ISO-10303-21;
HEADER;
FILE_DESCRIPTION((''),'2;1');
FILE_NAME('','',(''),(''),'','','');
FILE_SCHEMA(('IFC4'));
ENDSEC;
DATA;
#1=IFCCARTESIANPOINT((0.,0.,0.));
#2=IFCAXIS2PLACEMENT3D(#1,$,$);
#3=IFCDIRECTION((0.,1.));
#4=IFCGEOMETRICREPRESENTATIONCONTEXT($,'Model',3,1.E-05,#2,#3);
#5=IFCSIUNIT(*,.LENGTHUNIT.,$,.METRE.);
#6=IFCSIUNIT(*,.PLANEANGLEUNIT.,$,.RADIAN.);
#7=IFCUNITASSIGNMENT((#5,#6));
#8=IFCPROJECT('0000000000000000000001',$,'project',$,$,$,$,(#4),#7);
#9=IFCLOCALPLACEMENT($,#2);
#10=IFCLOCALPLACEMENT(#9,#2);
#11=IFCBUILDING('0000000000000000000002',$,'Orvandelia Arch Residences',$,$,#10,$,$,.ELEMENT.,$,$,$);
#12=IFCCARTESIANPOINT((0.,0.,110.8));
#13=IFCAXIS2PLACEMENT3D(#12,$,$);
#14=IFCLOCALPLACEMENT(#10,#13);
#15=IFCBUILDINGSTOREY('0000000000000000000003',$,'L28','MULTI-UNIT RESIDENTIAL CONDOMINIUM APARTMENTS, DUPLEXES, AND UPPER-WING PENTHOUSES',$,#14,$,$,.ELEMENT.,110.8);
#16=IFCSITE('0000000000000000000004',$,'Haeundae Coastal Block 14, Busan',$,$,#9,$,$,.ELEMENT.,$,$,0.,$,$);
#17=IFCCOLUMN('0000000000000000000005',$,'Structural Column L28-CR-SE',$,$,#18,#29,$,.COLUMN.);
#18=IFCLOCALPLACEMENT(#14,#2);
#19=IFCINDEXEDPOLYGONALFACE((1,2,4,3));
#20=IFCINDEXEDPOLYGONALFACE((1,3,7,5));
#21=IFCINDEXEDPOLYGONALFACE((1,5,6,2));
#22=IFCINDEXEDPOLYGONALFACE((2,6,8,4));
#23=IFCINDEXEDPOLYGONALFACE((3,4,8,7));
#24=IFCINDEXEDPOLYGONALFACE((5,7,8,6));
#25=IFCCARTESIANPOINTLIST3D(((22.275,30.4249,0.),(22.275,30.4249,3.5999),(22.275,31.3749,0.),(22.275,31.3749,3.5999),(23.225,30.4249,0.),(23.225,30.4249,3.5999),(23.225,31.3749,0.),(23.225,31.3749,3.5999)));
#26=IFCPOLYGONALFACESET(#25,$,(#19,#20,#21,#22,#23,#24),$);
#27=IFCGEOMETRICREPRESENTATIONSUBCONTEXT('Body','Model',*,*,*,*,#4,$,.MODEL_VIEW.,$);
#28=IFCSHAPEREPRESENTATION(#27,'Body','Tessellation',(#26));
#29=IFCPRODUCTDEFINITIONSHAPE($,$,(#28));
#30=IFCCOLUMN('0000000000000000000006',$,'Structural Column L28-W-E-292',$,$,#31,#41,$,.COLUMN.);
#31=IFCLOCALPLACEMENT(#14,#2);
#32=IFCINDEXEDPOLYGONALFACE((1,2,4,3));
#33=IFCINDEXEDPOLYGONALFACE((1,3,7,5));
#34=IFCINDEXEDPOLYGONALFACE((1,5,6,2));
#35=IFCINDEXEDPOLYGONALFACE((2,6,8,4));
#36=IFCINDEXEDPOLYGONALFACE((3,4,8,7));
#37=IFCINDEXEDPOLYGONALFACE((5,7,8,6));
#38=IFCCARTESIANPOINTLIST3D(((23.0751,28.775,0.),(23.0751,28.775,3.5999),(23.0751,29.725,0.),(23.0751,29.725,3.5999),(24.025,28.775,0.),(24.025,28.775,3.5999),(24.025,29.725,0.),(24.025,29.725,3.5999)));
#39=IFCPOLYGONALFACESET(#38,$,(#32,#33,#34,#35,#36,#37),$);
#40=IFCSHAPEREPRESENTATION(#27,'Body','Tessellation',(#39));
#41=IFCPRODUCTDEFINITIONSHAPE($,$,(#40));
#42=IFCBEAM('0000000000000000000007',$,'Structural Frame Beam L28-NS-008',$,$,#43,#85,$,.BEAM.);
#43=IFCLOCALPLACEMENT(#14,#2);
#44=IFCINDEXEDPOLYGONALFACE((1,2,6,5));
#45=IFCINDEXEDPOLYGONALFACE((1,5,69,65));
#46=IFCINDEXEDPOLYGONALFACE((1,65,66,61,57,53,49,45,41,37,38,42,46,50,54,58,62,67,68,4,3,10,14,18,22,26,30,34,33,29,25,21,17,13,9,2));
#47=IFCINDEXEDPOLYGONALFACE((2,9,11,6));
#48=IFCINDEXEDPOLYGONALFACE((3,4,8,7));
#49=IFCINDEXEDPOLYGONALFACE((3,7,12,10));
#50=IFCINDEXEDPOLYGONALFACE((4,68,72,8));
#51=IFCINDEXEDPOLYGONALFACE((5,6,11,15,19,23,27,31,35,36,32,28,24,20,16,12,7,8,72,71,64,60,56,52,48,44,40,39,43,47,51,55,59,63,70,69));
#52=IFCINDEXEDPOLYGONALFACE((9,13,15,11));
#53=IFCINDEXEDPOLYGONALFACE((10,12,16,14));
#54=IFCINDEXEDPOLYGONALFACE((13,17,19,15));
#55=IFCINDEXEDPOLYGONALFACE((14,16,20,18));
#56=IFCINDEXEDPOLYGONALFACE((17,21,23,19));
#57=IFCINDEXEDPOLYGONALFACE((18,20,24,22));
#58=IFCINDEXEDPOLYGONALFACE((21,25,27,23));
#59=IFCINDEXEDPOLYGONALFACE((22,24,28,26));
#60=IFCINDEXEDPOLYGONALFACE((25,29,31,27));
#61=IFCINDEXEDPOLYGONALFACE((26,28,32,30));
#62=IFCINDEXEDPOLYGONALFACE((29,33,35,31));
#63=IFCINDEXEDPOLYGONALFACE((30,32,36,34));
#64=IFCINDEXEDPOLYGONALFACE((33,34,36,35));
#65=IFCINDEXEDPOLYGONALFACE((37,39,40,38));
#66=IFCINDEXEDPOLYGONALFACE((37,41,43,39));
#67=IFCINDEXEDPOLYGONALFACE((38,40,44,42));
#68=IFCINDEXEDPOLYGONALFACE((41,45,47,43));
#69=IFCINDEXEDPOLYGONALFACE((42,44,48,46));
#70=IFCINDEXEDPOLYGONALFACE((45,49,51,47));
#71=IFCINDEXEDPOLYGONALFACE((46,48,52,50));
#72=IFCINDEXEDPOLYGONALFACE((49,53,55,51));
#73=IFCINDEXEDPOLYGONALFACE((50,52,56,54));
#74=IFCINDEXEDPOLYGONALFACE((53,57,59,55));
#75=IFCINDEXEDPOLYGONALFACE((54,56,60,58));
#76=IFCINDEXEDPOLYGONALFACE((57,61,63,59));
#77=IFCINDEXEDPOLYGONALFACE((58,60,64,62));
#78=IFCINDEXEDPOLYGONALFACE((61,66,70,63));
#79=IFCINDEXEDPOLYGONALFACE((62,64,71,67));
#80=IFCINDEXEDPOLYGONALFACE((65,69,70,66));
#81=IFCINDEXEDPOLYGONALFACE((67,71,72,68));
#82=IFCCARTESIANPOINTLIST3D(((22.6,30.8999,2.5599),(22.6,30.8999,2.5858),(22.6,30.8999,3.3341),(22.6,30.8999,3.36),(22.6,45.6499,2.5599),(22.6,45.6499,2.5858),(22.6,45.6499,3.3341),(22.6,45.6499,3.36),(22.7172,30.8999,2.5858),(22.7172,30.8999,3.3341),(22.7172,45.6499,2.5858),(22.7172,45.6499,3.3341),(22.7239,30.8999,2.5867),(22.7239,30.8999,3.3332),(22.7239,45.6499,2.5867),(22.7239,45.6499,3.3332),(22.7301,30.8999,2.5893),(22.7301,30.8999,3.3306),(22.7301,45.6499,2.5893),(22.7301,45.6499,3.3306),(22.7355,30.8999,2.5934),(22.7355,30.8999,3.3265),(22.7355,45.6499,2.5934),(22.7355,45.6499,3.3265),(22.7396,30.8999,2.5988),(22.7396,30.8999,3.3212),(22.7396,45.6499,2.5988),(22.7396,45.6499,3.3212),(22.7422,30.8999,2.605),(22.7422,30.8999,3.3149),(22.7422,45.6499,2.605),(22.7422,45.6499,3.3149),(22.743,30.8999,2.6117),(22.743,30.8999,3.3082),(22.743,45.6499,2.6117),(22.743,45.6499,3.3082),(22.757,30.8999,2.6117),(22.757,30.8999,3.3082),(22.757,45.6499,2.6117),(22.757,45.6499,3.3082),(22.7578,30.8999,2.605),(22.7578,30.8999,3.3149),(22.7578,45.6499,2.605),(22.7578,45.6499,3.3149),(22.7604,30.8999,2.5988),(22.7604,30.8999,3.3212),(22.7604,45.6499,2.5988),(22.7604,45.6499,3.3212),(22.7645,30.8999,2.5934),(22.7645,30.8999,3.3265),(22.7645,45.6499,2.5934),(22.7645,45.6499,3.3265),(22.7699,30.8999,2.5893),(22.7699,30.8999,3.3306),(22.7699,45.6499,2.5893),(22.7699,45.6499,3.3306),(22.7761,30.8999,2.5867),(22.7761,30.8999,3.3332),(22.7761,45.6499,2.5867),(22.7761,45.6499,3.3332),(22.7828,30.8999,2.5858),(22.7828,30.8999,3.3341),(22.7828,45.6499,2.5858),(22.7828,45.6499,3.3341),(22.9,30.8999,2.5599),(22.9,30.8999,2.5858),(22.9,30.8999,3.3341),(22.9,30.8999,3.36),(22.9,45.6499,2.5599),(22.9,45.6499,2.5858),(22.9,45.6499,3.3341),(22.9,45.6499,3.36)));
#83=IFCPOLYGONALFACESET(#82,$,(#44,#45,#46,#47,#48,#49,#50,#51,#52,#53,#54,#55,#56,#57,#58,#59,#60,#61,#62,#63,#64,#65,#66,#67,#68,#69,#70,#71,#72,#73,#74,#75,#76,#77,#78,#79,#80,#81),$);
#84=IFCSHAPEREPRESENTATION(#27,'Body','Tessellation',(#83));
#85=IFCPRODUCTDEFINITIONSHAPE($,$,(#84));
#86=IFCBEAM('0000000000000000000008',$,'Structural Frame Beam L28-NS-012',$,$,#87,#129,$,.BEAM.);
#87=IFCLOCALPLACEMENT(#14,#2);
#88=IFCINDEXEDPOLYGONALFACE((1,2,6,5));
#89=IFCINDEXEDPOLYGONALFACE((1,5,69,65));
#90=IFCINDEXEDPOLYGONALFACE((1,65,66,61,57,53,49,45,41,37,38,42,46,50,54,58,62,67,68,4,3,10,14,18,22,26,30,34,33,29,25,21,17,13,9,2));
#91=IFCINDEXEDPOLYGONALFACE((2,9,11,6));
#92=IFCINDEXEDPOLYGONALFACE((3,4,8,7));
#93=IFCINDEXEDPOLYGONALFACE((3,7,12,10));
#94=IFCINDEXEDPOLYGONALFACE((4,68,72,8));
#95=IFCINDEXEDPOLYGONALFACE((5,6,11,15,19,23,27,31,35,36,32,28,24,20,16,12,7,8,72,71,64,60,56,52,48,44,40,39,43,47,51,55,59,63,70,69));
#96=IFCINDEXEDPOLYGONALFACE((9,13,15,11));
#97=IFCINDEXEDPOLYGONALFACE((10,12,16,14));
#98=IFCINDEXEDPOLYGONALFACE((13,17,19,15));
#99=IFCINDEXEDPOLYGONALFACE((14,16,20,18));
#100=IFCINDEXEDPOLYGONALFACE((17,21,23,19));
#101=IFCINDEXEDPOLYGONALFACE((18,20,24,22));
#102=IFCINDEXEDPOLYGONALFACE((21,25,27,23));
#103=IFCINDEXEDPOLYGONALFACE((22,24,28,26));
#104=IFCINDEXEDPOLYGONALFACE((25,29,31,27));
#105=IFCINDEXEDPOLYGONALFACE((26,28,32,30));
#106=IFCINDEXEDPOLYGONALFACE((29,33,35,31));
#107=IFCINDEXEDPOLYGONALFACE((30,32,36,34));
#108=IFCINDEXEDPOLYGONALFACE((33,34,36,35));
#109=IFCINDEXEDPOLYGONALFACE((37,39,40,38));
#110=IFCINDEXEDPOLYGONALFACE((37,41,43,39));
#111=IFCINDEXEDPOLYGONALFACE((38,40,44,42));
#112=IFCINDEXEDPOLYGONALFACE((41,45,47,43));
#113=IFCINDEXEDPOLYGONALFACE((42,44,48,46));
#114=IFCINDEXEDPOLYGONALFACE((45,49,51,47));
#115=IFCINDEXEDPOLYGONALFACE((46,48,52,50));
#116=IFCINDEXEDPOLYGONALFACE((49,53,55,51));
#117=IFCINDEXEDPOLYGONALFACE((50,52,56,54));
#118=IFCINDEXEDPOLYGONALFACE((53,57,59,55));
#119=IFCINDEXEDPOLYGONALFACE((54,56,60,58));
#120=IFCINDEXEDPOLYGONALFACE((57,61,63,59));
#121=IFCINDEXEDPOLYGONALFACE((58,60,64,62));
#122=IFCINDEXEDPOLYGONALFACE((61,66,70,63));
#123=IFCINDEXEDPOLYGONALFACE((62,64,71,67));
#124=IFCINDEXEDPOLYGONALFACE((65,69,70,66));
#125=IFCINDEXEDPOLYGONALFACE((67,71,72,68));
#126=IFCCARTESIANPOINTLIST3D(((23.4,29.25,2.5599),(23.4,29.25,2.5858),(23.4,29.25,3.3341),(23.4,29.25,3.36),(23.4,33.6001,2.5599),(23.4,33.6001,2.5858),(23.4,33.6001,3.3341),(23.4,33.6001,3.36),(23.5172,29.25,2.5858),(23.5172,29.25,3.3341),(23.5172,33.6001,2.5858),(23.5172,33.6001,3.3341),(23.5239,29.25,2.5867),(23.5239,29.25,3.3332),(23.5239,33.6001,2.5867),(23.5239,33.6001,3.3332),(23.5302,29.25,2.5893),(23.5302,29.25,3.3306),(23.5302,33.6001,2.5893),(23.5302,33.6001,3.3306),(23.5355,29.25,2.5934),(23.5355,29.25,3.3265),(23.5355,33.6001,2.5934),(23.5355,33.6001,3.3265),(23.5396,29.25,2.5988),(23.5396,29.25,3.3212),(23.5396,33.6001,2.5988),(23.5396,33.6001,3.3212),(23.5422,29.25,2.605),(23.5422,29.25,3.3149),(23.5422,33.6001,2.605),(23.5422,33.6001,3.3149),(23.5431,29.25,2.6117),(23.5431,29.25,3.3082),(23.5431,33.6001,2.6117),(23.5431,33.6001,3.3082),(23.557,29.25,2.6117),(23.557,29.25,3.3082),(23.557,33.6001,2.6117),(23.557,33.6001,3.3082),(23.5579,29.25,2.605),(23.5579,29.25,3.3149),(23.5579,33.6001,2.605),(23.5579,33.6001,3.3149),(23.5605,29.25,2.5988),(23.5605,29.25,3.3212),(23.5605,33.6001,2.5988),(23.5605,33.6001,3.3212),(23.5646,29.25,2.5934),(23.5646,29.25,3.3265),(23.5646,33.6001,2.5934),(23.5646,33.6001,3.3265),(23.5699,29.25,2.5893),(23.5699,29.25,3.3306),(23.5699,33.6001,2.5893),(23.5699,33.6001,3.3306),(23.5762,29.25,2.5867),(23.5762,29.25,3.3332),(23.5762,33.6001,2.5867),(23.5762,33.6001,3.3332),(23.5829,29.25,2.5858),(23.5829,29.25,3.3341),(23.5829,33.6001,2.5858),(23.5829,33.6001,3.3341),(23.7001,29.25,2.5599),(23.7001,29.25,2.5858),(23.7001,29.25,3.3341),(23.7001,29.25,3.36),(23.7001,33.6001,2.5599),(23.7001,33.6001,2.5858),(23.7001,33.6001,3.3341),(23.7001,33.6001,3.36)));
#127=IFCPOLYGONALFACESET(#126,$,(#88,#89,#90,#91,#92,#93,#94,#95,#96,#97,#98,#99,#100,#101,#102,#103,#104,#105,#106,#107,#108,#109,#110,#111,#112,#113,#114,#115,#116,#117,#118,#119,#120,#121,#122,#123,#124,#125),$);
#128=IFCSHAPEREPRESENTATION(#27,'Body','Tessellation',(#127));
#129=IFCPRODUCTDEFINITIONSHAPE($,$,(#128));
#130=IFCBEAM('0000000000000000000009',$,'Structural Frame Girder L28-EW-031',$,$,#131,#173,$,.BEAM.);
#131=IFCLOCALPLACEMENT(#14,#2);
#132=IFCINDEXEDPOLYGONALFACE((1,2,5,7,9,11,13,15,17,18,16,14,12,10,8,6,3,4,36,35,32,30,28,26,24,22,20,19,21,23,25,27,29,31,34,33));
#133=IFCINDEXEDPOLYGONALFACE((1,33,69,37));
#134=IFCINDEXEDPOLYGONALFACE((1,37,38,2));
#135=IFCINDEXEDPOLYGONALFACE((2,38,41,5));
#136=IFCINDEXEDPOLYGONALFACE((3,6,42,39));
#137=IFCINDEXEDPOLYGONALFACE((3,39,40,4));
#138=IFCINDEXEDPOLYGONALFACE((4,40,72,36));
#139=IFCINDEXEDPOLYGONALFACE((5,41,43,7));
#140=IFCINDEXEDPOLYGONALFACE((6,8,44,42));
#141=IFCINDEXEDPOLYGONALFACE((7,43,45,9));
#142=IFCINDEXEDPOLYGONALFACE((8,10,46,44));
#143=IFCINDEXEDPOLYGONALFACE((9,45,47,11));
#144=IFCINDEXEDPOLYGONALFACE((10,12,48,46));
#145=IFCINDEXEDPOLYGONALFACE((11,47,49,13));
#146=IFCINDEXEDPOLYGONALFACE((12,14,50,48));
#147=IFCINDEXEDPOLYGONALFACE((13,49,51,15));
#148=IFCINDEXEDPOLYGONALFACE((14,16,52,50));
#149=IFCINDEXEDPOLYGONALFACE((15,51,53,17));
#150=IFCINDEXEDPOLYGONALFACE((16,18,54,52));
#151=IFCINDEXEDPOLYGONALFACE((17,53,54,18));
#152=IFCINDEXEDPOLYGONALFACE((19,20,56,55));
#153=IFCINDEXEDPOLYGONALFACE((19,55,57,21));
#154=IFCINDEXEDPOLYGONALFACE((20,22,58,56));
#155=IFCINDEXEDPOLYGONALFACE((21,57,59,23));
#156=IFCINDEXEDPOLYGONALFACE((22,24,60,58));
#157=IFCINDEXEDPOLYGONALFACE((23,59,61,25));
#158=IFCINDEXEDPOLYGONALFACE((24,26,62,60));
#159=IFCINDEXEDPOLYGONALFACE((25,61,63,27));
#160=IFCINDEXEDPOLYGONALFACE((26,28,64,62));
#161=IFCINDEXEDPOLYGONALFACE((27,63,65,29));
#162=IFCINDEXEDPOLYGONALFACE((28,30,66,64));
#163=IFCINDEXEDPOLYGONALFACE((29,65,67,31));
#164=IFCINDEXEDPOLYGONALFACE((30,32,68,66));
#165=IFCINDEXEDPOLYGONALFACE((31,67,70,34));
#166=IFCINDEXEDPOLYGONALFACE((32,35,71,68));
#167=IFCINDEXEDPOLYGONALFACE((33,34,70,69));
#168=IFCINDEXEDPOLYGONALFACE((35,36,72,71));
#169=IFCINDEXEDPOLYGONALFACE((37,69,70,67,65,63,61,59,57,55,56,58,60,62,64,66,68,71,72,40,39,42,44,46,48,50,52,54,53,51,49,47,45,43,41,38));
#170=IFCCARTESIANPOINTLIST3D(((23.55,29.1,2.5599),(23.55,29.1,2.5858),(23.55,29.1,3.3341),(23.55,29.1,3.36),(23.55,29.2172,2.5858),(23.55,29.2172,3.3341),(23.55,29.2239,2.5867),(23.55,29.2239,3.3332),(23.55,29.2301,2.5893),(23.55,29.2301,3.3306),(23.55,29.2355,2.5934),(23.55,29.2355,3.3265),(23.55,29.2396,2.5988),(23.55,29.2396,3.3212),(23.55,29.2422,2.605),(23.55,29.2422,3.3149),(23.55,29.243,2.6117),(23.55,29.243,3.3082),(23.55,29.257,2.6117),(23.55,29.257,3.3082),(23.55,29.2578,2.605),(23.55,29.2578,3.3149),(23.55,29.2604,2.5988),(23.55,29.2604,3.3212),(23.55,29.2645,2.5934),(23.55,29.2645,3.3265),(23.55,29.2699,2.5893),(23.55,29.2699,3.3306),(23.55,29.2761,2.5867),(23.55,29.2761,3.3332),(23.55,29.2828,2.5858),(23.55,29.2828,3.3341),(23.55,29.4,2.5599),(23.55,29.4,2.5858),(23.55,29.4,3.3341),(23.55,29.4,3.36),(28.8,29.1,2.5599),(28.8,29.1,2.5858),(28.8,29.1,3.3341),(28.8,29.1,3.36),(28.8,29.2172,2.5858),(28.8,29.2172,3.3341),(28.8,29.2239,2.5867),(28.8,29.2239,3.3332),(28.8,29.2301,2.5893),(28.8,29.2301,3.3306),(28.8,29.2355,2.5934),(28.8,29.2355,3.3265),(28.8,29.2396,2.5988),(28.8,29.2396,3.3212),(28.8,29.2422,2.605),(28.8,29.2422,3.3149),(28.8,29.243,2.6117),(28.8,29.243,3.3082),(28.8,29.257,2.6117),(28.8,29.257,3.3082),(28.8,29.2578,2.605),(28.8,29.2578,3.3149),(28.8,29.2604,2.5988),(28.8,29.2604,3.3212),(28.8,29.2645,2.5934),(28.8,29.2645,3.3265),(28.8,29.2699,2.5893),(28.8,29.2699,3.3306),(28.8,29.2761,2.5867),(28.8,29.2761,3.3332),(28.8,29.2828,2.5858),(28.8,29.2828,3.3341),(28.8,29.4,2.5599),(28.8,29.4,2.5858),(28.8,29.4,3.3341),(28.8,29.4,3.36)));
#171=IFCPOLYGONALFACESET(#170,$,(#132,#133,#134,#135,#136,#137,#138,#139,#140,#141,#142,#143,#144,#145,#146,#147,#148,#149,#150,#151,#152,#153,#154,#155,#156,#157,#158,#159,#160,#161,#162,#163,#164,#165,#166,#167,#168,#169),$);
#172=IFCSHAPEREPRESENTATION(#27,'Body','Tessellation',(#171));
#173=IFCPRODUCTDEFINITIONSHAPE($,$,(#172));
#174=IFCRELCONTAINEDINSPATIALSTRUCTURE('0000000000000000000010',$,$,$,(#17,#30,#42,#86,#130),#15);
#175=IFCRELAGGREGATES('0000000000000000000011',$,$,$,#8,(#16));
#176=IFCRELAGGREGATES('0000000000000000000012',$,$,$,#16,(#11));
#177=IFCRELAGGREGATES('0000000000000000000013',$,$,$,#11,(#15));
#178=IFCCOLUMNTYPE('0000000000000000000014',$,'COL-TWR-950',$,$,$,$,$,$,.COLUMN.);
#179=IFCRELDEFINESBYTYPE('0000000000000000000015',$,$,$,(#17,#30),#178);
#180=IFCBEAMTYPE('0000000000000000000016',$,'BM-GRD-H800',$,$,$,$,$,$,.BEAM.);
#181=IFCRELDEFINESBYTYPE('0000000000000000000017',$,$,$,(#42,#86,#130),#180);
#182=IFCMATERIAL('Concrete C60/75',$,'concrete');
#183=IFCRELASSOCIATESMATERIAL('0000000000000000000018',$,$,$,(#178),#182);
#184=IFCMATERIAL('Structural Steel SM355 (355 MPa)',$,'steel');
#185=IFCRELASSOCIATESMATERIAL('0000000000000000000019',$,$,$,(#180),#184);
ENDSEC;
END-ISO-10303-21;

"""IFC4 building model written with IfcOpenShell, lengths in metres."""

from ifc_helpers import new_model, si_unit, direction, frame, origin, origin_2d, place, context, subcontext, project, spatial, rectangle, i_section, extrude, material, material_profile, profile_set, type_object, element, save


model = new_model("IFC4")

# Units and contexts
model_context = context("Model", 3, precision=1e-05, world=origin(), true_north=direction((0.0, 1.0)))
body_context = subcontext(model_context, "Body", "Model", "MODEL_VIEW")
ifc_project = project(units=[si_unit("LENGTHUNIT", "METRE"), si_unit("PLANEANGLEUNIT", "RADIAN")], contexts=[model_context])

# Site, building, storey
site_placement = place(None, origin())
site = spatial("IfcSite", under=ifc_project, at=site_placement, Name="Haeundae Coastal Block 14, Busan", CompositionType="ELEMENT", RefElevation=0.0)
building_placement = place(site_placement, origin())
building = spatial("IfcBuilding", under=site, at=building_placement, Name="Orvandelia Arch Residences", CompositionType="ELEMENT")
storey_placement = place(building_placement, frame((0.0, 0.0, 110.8)))
storey = spatial("IfcBuildingStorey", under=building, at=storey_placement, Name="L28", Description="MULTI-UNIT RESIDENTIAL CONDOMINIUM APARTMENTS, DUPLEXES, AND UPPER-WING PENTHOUSES", CompositionType="ELEMENT", Elevation=110.8)

# Columns
ifc_material_1 = material(Name="Concrete C60/75", Category="concrete")
ifc_material_profile_1 = material_profile(ifc_material_1, rectangle(XDim=0.95, YDim=0.95, at=origin_2d()), Name="Concrete C60/75", Category="concrete")
ifc_profile_set_1 = profile_set([ifc_material_profile_1], Name="Concrete C60/75")
column_type = type_object("IfcColumnType", Name="COL-TWR-950", PredefinedType="COLUMN", material=ifc_profile_set_1)
for number, where, z_axis, x_axis, name in (
    (1, (22.75, 30.8999, 0.0), (0.0, 0.0, 1.0), (1.0, 0.0, 0.0), "Structural Column L28-CR-SE"),
    (2, (23.55, 29.25, 0.0), (0.0, 0.0, 1.0), (1.0, 0.0, 0.0), "Structural Column L28-W-E-292"),
):
    element("IfcColumn", number, at=place(storey_placement, frame(where, z_axis=z_axis, x_axis=x_axis)), inside=storey, type_object=column_type, Name=name, PredefinedType="COLUMN", context=body_context, shape_type="SweptSolid", body=[
        extrude(rectangle(XDim=0.95, YDim=0.95, at=origin_2d()), origin(), (0.0, 0.0, 1.0), 3.5999),
    ])

# Beams
ifc_material_2 = material(Name="Structural Steel SM355 (355 MPa)", Category="steel")
ifc_material_profile_2 = material_profile(ifc_material_2, i_section(OverallWidth=0.3, OverallDepth=0.8, WebThickness=0.0139, FlangeThickness=0.0259, FilletRadius=0.0259, at=origin_2d()), Name="Structural Steel SM355 (355 MPa)", Category="steel")
ifc_profile_set_2 = profile_set([ifc_material_profile_2], Name="Structural Steel SM355 (355 MPa)")
beam_type = type_object("IfcBeamType", Name="BM-GRD-H800", PredefinedType="BEAM", material=ifc_profile_set_2)
beam_1_placement = place(storey_placement, frame((22.75, 30.8999, 2.96), z_axis=(0.0, 1.0, 0.0), x_axis=(-1.0, 0.0, 0.0)))
element("IfcBeam", 3, at=beam_1_placement, inside=storey, type_object=beam_type, Name="Structural Frame Beam L28-NS-008", PredefinedType="BEAM", context=body_context, shape_type="SweptSolid", body=[
    extrude(i_section(OverallWidth=0.3, OverallDepth=0.8, WebThickness=0.0139, FlangeThickness=0.0259, FilletRadius=0.0259, at=origin_2d()), origin(), (0.0, 0.0, 1.0), 14.75),
])
beam_2_placement = place(storey_placement, frame((23.55, 29.25, 2.96), z_axis=(0.0, 1.0, 0.0), x_axis=(-1.0, 0.0, 0.0)))
element("IfcBeam", 4, at=beam_2_placement, inside=storey, type_object=beam_type, Name="Structural Frame Beam L28-NS-012", PredefinedType="BEAM", context=body_context, shape_type="SweptSolid", body=[
    extrude(i_section(OverallWidth=0.3, OverallDepth=0.8, WebThickness=0.0139, FlangeThickness=0.0259, FilletRadius=0.0259, at=origin_2d()), origin(), (0.0, 0.0, 1.0), 4.3501),
])
beam_3_placement = place(storey_placement, frame((23.55, 29.25, 2.96), z_axis=(1.0, 0.0, 0.0), x_axis=(0.0, 1.0, 0.0)))
element("IfcBeam", 5, at=beam_3_placement, inside=storey, type_object=beam_type, Name="Structural Frame Girder L28-EW-031", PredefinedType="BEAM", context=body_context, shape_type="SweptSolid", body=[
    extrude(i_section(OverallWidth=0.3, OverallDepth=0.8, WebThickness=0.0139, FlangeThickness=0.0259, FilletRadius=0.0259, at=origin_2d()), origin(), (0.0, 0.0, 1.0), 5.25),
])

save(model, "model.ifc")
